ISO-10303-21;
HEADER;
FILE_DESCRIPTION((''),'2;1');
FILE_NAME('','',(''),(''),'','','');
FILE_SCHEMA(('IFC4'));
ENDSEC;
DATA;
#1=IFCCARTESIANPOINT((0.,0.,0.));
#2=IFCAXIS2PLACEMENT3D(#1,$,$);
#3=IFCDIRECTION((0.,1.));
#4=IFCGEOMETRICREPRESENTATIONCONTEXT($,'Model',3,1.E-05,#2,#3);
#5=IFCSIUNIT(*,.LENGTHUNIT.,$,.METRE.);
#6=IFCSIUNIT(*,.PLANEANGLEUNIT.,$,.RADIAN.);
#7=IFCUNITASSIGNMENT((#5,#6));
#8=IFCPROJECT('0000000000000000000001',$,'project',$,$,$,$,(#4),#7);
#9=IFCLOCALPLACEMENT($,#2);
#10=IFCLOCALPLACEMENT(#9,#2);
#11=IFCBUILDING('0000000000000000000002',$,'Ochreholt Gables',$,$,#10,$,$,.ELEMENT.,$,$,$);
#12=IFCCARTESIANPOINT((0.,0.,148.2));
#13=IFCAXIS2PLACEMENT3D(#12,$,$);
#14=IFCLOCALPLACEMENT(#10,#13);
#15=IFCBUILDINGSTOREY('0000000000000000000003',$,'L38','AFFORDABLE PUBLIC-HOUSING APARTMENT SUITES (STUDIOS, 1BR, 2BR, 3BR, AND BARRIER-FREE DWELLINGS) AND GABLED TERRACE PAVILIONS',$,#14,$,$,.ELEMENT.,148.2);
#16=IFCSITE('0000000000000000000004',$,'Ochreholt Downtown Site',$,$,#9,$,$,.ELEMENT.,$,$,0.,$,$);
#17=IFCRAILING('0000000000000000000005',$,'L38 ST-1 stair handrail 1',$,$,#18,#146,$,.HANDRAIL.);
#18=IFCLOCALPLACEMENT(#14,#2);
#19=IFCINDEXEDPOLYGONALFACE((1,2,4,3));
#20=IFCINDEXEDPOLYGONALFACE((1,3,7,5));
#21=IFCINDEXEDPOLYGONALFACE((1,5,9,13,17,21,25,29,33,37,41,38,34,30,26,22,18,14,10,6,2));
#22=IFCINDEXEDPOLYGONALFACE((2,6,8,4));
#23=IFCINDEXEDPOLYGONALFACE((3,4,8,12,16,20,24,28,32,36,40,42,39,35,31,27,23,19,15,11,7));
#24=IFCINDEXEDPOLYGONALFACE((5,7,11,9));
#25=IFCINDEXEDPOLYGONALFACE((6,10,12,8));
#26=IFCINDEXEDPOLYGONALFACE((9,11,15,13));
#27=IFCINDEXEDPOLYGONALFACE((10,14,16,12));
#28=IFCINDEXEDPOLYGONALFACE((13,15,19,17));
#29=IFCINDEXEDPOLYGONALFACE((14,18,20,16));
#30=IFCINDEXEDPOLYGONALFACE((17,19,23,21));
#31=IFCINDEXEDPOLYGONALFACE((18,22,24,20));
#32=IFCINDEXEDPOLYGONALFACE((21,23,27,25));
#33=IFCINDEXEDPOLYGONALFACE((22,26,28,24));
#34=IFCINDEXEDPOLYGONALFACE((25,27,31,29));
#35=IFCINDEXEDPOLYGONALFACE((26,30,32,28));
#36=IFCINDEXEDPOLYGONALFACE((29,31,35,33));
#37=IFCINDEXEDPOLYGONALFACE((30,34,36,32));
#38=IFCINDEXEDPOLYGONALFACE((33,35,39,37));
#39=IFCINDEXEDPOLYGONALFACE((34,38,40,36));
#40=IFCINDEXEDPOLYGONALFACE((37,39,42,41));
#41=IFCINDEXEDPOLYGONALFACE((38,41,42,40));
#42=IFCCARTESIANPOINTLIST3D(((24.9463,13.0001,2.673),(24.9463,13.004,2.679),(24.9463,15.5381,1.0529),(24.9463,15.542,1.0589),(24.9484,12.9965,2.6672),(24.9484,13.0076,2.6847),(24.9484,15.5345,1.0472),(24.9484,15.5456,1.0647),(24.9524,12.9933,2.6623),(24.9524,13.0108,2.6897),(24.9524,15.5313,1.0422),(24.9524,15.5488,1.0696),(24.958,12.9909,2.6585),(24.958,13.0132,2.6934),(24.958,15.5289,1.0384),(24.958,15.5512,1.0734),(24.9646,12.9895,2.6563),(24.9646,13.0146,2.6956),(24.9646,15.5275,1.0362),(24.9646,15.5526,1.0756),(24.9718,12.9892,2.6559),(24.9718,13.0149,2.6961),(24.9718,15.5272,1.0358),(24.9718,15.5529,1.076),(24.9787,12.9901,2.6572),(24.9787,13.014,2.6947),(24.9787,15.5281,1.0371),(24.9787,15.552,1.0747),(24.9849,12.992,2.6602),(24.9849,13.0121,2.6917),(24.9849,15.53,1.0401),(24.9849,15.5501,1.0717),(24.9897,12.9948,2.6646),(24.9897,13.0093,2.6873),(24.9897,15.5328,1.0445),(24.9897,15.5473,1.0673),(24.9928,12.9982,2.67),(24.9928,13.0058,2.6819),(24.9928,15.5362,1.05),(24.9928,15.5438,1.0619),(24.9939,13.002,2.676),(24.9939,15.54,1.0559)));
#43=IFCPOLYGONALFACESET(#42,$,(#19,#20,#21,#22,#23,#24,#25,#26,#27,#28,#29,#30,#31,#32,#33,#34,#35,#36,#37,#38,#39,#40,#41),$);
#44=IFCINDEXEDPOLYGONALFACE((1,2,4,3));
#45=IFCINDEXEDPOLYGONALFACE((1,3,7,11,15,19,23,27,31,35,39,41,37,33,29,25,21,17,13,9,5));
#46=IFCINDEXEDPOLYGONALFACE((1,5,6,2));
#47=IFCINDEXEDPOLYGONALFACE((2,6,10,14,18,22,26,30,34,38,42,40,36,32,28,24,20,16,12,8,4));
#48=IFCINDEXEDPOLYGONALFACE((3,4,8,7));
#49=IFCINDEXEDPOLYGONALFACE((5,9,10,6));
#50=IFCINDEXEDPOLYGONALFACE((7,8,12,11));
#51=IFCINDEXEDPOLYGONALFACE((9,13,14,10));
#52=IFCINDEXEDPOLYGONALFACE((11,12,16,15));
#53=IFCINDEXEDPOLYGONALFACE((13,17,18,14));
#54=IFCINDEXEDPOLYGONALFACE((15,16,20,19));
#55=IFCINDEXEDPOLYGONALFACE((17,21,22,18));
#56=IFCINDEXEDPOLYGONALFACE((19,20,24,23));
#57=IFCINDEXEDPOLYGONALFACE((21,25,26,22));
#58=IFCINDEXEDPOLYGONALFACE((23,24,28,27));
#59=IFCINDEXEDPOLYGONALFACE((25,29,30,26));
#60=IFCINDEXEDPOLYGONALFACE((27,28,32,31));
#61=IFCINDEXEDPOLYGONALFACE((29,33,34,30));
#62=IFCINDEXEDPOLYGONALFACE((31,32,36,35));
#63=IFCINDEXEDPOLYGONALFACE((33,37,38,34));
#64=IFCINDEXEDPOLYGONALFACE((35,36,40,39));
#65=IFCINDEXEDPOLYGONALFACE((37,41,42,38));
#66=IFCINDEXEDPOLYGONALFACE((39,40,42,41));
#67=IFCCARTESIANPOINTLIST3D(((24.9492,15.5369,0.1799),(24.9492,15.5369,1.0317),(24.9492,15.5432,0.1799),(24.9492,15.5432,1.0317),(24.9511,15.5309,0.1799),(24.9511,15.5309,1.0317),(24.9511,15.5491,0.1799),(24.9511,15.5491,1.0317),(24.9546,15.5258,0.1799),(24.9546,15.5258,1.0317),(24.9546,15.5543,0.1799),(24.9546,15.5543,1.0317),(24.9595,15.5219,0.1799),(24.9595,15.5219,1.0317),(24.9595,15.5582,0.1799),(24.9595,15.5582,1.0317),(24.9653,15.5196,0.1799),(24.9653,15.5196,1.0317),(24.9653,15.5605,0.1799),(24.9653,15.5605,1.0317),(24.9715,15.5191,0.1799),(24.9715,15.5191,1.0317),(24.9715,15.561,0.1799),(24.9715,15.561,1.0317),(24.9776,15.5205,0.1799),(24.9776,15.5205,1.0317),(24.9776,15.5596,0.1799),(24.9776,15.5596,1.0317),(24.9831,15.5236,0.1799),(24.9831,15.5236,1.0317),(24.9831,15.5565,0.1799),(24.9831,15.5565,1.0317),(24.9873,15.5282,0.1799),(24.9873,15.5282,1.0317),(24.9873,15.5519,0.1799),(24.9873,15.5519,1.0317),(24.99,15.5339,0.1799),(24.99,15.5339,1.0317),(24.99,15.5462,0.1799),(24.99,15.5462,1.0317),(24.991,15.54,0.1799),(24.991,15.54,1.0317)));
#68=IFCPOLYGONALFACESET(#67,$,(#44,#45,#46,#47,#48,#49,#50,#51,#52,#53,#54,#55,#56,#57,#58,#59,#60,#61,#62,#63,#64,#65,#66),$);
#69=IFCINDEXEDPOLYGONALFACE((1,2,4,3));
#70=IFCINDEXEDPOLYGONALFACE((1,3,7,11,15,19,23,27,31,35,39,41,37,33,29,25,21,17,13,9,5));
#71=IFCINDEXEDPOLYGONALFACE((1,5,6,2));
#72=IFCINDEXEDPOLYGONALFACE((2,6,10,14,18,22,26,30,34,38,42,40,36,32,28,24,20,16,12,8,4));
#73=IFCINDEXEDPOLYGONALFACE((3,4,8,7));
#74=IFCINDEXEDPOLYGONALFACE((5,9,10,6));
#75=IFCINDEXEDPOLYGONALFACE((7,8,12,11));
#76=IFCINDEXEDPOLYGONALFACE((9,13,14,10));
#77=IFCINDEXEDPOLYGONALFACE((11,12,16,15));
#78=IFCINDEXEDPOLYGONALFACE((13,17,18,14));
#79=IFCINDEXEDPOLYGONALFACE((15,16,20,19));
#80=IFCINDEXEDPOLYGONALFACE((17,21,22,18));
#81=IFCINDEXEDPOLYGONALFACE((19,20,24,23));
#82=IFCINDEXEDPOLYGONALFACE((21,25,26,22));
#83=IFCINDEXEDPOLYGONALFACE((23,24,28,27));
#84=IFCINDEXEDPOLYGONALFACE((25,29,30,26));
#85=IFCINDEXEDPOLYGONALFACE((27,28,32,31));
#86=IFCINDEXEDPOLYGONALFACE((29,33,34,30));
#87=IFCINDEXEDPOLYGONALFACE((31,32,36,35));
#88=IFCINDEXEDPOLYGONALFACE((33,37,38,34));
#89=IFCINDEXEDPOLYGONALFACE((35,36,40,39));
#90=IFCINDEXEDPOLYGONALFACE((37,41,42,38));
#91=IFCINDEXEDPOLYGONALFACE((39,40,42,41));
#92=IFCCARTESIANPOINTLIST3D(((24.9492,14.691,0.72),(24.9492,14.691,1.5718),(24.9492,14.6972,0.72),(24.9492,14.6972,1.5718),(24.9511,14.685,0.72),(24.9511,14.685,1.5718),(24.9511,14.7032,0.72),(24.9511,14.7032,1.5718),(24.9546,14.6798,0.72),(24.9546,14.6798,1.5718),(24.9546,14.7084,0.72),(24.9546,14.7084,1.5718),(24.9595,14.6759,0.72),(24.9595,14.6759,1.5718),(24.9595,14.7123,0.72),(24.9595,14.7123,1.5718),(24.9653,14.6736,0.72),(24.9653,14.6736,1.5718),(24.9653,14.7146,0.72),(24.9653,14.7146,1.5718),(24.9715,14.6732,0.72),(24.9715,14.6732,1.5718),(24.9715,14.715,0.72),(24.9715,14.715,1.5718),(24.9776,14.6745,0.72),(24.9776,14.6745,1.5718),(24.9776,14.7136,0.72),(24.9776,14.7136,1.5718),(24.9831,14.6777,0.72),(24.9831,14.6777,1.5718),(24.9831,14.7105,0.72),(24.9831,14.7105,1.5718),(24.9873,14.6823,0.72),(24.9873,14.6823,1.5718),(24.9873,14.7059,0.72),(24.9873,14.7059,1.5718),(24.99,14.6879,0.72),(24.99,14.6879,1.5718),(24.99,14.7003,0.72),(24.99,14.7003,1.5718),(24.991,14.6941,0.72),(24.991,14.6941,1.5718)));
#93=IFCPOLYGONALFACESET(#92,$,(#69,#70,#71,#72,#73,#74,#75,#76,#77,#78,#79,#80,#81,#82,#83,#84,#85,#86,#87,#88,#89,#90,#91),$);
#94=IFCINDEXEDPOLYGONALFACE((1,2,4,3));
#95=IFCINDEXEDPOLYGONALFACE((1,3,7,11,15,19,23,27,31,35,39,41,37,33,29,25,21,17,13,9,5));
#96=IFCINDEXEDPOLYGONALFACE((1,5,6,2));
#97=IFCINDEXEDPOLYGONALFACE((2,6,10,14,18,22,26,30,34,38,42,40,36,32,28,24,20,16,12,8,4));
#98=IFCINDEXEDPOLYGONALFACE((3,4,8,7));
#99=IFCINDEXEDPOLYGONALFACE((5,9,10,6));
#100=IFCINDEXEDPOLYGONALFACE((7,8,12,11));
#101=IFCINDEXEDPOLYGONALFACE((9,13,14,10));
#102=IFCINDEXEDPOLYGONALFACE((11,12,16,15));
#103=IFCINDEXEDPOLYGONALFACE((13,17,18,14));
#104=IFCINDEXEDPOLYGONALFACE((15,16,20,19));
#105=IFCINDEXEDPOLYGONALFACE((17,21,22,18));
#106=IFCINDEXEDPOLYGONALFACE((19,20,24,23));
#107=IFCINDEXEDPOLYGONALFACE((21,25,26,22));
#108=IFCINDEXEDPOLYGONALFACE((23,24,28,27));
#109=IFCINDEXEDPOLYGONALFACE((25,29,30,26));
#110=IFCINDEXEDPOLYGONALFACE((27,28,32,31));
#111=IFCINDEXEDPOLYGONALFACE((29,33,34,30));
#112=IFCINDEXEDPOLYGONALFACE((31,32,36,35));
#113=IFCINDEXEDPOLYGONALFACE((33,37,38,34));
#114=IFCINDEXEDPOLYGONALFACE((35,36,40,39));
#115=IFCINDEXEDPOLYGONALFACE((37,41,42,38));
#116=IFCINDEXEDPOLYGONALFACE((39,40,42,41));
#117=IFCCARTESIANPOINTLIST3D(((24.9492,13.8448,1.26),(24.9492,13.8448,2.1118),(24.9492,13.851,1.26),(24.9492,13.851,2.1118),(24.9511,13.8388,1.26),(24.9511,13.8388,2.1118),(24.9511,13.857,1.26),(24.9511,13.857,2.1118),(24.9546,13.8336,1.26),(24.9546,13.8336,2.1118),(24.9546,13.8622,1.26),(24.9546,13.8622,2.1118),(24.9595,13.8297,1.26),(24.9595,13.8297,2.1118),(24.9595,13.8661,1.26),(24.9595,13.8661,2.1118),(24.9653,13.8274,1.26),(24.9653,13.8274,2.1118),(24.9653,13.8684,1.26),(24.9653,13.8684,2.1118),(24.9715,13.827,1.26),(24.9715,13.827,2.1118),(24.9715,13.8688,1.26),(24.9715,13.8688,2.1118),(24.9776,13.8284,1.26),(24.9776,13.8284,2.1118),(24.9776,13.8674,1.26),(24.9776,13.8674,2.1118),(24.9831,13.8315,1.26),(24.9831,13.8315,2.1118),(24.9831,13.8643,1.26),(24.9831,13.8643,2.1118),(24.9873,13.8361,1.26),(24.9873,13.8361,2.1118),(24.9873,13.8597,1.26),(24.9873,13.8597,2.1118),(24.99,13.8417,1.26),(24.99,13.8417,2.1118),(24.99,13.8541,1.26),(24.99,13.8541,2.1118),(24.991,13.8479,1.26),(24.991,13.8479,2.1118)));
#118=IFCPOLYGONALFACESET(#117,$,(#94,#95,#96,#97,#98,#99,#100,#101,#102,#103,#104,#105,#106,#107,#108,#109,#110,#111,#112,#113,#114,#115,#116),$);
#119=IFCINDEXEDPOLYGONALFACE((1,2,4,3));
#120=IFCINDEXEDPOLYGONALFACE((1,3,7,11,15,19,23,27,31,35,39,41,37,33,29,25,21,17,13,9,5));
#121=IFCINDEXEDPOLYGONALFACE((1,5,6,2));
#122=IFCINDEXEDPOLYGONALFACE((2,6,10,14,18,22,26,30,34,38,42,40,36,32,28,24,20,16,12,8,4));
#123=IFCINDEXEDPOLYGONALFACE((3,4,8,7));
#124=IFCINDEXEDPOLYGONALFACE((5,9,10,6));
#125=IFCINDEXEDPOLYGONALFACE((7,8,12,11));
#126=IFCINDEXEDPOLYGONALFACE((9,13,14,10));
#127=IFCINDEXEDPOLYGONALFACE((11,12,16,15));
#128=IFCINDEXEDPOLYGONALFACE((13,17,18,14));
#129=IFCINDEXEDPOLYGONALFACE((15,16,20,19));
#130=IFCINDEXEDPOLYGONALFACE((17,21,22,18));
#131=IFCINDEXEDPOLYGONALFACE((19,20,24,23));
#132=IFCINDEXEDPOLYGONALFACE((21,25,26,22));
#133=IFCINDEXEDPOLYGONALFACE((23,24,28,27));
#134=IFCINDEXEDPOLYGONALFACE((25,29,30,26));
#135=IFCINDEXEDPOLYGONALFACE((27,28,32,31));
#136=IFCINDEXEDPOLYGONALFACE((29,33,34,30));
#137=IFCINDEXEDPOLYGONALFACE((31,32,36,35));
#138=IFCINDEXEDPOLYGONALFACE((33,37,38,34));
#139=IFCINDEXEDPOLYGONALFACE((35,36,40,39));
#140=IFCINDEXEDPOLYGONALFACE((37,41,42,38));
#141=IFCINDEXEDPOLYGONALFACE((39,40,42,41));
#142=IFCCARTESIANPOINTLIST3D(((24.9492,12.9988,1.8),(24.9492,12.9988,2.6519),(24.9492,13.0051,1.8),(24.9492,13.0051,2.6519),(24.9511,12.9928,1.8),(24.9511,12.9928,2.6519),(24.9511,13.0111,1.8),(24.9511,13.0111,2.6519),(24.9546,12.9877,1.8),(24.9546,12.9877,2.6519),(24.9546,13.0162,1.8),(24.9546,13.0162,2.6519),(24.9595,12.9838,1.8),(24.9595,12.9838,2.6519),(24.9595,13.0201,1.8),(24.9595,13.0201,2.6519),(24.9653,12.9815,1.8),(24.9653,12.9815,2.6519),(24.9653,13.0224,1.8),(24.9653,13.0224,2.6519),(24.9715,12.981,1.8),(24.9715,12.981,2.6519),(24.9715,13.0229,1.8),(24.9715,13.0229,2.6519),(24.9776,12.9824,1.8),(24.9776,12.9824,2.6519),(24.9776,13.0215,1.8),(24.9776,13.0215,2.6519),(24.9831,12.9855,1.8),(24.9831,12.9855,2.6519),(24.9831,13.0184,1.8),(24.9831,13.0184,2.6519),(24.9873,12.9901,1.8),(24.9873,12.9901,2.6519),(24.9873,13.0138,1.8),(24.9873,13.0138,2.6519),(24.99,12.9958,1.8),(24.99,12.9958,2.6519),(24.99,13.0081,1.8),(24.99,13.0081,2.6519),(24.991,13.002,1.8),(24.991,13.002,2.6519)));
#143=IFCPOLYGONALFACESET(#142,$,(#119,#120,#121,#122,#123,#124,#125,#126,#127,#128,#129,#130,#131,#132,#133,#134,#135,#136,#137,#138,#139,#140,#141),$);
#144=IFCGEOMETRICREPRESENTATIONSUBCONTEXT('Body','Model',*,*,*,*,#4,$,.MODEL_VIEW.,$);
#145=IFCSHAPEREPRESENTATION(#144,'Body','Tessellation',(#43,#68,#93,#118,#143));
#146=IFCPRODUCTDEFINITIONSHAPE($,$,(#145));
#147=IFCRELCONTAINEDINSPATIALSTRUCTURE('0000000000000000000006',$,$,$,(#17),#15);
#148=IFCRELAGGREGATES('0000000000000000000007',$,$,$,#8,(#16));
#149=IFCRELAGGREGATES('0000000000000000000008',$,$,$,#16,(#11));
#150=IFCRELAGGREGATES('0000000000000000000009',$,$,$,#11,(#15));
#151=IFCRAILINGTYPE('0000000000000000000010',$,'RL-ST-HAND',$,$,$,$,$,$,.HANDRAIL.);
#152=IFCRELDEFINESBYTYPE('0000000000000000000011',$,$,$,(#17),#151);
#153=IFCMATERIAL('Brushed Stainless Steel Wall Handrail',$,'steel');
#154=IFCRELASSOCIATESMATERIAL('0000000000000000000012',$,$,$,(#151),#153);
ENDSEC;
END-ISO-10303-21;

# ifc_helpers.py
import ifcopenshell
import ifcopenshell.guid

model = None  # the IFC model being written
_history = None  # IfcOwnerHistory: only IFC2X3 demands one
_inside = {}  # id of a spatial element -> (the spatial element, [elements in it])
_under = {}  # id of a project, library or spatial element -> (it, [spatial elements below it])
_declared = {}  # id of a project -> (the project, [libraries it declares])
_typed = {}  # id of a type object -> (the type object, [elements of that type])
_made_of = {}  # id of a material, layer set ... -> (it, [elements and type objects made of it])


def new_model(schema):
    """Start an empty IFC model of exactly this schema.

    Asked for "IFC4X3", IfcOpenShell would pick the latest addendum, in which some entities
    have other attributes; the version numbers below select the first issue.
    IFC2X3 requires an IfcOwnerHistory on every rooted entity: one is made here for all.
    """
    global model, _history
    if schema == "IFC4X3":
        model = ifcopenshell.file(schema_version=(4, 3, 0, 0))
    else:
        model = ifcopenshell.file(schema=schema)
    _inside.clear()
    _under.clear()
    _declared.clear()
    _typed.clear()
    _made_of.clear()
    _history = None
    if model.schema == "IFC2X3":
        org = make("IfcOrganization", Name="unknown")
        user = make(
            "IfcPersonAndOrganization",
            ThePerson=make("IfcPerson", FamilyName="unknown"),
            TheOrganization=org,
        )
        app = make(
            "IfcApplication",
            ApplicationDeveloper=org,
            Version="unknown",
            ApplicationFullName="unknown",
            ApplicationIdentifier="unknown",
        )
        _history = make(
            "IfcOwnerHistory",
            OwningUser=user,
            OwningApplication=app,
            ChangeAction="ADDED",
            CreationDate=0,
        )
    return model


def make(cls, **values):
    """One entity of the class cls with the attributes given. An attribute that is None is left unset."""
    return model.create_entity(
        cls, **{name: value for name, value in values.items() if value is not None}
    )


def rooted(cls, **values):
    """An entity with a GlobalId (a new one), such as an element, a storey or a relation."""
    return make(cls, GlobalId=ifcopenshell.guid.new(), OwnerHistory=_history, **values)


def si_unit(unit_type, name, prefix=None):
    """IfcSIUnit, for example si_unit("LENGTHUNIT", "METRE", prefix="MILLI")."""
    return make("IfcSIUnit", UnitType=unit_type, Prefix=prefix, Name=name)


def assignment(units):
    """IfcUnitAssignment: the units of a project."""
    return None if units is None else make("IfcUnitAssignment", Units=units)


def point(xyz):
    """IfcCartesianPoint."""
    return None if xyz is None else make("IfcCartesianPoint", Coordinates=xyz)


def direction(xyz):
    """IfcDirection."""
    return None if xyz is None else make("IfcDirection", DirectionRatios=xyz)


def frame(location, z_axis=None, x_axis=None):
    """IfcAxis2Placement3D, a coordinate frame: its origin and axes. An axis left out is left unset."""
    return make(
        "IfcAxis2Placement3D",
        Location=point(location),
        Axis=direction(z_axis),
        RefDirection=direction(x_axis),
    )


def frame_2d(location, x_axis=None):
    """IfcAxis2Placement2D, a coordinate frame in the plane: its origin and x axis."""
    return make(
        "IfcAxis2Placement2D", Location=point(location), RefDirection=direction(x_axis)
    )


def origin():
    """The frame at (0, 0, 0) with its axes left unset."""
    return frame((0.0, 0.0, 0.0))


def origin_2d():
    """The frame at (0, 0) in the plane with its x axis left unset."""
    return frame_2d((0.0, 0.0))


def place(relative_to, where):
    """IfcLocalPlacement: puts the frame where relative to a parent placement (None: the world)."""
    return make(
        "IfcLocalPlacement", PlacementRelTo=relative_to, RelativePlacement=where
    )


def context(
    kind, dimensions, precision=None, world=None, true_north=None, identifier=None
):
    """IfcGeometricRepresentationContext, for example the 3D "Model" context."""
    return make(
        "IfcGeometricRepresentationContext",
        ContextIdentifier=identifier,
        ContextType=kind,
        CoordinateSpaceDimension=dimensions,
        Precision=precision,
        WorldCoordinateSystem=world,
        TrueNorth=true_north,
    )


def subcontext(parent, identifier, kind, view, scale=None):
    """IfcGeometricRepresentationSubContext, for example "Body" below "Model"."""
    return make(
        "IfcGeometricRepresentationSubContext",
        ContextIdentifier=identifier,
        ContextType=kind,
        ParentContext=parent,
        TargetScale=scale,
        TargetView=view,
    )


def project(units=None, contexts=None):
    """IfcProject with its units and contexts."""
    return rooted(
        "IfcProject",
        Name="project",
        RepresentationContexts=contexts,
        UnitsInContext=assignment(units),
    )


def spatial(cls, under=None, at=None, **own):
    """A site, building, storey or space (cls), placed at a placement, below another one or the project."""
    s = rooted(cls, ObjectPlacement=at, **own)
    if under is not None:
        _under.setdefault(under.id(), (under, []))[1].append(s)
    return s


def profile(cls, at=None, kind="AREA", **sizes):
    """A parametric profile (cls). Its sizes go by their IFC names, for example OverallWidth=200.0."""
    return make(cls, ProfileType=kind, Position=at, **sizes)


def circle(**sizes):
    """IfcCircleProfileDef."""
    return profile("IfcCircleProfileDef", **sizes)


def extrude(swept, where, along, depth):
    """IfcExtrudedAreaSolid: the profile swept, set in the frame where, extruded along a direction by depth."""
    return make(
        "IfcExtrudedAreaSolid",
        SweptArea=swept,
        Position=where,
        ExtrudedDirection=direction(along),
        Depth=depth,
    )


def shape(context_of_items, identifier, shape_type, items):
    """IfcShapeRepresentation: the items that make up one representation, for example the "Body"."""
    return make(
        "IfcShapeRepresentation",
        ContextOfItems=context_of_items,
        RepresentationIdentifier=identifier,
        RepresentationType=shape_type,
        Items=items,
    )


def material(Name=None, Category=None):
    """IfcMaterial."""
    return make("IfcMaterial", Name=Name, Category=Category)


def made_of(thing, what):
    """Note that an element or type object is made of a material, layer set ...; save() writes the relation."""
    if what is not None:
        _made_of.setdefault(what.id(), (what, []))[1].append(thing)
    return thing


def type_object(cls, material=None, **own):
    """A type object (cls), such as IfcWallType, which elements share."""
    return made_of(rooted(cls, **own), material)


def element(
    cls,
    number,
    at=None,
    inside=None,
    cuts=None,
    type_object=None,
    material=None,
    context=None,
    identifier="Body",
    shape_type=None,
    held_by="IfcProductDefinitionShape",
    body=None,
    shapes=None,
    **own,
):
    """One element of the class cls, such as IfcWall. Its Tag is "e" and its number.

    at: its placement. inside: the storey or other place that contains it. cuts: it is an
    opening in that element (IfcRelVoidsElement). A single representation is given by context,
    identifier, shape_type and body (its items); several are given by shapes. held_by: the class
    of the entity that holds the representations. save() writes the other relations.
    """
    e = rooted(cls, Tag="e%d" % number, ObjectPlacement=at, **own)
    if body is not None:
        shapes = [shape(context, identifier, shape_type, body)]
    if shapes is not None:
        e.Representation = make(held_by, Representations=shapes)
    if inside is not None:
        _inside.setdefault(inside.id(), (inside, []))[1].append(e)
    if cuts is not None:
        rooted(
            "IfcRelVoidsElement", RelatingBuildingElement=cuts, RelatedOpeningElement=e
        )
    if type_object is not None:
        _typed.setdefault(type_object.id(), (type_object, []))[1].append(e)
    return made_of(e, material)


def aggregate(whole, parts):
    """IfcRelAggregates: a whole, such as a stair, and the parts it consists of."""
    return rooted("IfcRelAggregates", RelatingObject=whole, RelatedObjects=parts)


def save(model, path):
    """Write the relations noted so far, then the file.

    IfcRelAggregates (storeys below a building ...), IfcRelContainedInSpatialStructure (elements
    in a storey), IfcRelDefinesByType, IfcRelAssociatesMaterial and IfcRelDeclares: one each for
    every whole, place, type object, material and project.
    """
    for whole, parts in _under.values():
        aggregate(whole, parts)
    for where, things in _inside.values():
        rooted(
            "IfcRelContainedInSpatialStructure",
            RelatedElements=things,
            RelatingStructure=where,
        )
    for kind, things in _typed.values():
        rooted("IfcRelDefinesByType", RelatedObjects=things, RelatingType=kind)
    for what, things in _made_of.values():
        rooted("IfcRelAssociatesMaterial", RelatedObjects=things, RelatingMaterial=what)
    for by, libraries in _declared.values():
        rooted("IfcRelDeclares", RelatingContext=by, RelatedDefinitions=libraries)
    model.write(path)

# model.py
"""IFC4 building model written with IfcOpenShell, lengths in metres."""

from ifc_helpers import new_model, si_unit, direction, frame, origin, origin_2d, place, context, subcontext, project, spatial, circle, extrude, material, type_object, element, save


model = new_model("IFC4")

# Units and contexts
model_context = context("Model", 3, precision=1e-05, world=origin(), true_north=direction((0.0, 1.0)))
body_context = subcontext(model_context, "Body", "Model", "MODEL_VIEW")
ifc_project = project(units=[si_unit("LENGTHUNIT", "METRE"), si_unit("PLANEANGLEUNIT", "RADIAN")], contexts=[model_context])

# Site, building, storey
site_placement = place(None, origin())
site = spatial("IfcSite", under=ifc_project, at=site_placement, Name="Ochreholt Downtown Site", CompositionType="ELEMENT", RefElevation=0.0)
building_placement = place(site_placement, origin())
building = spatial("IfcBuilding", under=site, at=building_placement, Name="Ochreholt Gables", CompositionType="ELEMENT")
storey_placement = place(building_placement, frame((0.0, 0.0, 148.2)))
storey = spatial("IfcBuildingStorey", under=building, at=storey_placement, Name="L38", Description="AFFORDABLE PUBLIC-HOUSING APARTMENT SUITES (STUDIOS, 1BR, 2BR, 3BR, AND BARRIER-FREE DWELLINGS) AND GABLED TERRACE PAVILIONS", CompositionType="ELEMENT", Elevation=148.2)

# Railing
ifc_material_1 = material(Name="Brushed Stainless Steel Wall Handrail", Category="steel")
railing_type_1 = type_object("IfcRailingType", Name="RL-ST-HAND", PredefinedType="HANDRAIL", material=ifc_material_1)
railing_1_placement = place(storey_placement, frame((24.97, 15.54, 0.1799)))
element("IfcRailing", 1, at=railing_1_placement, inside=storey, type_object=railing_type_1, Name="L38 ST-1 stair handrail 1", PredefinedType="HANDRAIL", context=body_context, shape_type="SweptSolid", body=[
    extrude(circle(Radius=0.0239, at=origin_2d()), frame((0.0, 0.0, 0.876), z_axis=(0.0, -0.842913, 0.53805), x_axis=(1.0, 0.0, 0.0)), (0.0, 0.0, 1.0), 3.011),
    extrude(circle(Radius=0.021, at=origin_2d()), origin(), (0.0, 0.0, 1.0), 0.8518),
    extrude(circle(Radius=0.021, at=origin_2d()), frame((0.0, -0.8459, 0.54)), (0.0, 0.0, 1.0), 0.8518),
    extrude(circle(Radius=0.021, at=origin_2d()), frame((0.0, -1.6921, 1.0801)), (0.0, 0.0, 1.0), 0.8518),
    extrude(circle(Radius=0.021, at=origin_2d()), frame((0.0, -2.5381, 1.6201)), (0.0, 0.0, 1.0), 0.8518),
])

save(model, "model.ifc")
